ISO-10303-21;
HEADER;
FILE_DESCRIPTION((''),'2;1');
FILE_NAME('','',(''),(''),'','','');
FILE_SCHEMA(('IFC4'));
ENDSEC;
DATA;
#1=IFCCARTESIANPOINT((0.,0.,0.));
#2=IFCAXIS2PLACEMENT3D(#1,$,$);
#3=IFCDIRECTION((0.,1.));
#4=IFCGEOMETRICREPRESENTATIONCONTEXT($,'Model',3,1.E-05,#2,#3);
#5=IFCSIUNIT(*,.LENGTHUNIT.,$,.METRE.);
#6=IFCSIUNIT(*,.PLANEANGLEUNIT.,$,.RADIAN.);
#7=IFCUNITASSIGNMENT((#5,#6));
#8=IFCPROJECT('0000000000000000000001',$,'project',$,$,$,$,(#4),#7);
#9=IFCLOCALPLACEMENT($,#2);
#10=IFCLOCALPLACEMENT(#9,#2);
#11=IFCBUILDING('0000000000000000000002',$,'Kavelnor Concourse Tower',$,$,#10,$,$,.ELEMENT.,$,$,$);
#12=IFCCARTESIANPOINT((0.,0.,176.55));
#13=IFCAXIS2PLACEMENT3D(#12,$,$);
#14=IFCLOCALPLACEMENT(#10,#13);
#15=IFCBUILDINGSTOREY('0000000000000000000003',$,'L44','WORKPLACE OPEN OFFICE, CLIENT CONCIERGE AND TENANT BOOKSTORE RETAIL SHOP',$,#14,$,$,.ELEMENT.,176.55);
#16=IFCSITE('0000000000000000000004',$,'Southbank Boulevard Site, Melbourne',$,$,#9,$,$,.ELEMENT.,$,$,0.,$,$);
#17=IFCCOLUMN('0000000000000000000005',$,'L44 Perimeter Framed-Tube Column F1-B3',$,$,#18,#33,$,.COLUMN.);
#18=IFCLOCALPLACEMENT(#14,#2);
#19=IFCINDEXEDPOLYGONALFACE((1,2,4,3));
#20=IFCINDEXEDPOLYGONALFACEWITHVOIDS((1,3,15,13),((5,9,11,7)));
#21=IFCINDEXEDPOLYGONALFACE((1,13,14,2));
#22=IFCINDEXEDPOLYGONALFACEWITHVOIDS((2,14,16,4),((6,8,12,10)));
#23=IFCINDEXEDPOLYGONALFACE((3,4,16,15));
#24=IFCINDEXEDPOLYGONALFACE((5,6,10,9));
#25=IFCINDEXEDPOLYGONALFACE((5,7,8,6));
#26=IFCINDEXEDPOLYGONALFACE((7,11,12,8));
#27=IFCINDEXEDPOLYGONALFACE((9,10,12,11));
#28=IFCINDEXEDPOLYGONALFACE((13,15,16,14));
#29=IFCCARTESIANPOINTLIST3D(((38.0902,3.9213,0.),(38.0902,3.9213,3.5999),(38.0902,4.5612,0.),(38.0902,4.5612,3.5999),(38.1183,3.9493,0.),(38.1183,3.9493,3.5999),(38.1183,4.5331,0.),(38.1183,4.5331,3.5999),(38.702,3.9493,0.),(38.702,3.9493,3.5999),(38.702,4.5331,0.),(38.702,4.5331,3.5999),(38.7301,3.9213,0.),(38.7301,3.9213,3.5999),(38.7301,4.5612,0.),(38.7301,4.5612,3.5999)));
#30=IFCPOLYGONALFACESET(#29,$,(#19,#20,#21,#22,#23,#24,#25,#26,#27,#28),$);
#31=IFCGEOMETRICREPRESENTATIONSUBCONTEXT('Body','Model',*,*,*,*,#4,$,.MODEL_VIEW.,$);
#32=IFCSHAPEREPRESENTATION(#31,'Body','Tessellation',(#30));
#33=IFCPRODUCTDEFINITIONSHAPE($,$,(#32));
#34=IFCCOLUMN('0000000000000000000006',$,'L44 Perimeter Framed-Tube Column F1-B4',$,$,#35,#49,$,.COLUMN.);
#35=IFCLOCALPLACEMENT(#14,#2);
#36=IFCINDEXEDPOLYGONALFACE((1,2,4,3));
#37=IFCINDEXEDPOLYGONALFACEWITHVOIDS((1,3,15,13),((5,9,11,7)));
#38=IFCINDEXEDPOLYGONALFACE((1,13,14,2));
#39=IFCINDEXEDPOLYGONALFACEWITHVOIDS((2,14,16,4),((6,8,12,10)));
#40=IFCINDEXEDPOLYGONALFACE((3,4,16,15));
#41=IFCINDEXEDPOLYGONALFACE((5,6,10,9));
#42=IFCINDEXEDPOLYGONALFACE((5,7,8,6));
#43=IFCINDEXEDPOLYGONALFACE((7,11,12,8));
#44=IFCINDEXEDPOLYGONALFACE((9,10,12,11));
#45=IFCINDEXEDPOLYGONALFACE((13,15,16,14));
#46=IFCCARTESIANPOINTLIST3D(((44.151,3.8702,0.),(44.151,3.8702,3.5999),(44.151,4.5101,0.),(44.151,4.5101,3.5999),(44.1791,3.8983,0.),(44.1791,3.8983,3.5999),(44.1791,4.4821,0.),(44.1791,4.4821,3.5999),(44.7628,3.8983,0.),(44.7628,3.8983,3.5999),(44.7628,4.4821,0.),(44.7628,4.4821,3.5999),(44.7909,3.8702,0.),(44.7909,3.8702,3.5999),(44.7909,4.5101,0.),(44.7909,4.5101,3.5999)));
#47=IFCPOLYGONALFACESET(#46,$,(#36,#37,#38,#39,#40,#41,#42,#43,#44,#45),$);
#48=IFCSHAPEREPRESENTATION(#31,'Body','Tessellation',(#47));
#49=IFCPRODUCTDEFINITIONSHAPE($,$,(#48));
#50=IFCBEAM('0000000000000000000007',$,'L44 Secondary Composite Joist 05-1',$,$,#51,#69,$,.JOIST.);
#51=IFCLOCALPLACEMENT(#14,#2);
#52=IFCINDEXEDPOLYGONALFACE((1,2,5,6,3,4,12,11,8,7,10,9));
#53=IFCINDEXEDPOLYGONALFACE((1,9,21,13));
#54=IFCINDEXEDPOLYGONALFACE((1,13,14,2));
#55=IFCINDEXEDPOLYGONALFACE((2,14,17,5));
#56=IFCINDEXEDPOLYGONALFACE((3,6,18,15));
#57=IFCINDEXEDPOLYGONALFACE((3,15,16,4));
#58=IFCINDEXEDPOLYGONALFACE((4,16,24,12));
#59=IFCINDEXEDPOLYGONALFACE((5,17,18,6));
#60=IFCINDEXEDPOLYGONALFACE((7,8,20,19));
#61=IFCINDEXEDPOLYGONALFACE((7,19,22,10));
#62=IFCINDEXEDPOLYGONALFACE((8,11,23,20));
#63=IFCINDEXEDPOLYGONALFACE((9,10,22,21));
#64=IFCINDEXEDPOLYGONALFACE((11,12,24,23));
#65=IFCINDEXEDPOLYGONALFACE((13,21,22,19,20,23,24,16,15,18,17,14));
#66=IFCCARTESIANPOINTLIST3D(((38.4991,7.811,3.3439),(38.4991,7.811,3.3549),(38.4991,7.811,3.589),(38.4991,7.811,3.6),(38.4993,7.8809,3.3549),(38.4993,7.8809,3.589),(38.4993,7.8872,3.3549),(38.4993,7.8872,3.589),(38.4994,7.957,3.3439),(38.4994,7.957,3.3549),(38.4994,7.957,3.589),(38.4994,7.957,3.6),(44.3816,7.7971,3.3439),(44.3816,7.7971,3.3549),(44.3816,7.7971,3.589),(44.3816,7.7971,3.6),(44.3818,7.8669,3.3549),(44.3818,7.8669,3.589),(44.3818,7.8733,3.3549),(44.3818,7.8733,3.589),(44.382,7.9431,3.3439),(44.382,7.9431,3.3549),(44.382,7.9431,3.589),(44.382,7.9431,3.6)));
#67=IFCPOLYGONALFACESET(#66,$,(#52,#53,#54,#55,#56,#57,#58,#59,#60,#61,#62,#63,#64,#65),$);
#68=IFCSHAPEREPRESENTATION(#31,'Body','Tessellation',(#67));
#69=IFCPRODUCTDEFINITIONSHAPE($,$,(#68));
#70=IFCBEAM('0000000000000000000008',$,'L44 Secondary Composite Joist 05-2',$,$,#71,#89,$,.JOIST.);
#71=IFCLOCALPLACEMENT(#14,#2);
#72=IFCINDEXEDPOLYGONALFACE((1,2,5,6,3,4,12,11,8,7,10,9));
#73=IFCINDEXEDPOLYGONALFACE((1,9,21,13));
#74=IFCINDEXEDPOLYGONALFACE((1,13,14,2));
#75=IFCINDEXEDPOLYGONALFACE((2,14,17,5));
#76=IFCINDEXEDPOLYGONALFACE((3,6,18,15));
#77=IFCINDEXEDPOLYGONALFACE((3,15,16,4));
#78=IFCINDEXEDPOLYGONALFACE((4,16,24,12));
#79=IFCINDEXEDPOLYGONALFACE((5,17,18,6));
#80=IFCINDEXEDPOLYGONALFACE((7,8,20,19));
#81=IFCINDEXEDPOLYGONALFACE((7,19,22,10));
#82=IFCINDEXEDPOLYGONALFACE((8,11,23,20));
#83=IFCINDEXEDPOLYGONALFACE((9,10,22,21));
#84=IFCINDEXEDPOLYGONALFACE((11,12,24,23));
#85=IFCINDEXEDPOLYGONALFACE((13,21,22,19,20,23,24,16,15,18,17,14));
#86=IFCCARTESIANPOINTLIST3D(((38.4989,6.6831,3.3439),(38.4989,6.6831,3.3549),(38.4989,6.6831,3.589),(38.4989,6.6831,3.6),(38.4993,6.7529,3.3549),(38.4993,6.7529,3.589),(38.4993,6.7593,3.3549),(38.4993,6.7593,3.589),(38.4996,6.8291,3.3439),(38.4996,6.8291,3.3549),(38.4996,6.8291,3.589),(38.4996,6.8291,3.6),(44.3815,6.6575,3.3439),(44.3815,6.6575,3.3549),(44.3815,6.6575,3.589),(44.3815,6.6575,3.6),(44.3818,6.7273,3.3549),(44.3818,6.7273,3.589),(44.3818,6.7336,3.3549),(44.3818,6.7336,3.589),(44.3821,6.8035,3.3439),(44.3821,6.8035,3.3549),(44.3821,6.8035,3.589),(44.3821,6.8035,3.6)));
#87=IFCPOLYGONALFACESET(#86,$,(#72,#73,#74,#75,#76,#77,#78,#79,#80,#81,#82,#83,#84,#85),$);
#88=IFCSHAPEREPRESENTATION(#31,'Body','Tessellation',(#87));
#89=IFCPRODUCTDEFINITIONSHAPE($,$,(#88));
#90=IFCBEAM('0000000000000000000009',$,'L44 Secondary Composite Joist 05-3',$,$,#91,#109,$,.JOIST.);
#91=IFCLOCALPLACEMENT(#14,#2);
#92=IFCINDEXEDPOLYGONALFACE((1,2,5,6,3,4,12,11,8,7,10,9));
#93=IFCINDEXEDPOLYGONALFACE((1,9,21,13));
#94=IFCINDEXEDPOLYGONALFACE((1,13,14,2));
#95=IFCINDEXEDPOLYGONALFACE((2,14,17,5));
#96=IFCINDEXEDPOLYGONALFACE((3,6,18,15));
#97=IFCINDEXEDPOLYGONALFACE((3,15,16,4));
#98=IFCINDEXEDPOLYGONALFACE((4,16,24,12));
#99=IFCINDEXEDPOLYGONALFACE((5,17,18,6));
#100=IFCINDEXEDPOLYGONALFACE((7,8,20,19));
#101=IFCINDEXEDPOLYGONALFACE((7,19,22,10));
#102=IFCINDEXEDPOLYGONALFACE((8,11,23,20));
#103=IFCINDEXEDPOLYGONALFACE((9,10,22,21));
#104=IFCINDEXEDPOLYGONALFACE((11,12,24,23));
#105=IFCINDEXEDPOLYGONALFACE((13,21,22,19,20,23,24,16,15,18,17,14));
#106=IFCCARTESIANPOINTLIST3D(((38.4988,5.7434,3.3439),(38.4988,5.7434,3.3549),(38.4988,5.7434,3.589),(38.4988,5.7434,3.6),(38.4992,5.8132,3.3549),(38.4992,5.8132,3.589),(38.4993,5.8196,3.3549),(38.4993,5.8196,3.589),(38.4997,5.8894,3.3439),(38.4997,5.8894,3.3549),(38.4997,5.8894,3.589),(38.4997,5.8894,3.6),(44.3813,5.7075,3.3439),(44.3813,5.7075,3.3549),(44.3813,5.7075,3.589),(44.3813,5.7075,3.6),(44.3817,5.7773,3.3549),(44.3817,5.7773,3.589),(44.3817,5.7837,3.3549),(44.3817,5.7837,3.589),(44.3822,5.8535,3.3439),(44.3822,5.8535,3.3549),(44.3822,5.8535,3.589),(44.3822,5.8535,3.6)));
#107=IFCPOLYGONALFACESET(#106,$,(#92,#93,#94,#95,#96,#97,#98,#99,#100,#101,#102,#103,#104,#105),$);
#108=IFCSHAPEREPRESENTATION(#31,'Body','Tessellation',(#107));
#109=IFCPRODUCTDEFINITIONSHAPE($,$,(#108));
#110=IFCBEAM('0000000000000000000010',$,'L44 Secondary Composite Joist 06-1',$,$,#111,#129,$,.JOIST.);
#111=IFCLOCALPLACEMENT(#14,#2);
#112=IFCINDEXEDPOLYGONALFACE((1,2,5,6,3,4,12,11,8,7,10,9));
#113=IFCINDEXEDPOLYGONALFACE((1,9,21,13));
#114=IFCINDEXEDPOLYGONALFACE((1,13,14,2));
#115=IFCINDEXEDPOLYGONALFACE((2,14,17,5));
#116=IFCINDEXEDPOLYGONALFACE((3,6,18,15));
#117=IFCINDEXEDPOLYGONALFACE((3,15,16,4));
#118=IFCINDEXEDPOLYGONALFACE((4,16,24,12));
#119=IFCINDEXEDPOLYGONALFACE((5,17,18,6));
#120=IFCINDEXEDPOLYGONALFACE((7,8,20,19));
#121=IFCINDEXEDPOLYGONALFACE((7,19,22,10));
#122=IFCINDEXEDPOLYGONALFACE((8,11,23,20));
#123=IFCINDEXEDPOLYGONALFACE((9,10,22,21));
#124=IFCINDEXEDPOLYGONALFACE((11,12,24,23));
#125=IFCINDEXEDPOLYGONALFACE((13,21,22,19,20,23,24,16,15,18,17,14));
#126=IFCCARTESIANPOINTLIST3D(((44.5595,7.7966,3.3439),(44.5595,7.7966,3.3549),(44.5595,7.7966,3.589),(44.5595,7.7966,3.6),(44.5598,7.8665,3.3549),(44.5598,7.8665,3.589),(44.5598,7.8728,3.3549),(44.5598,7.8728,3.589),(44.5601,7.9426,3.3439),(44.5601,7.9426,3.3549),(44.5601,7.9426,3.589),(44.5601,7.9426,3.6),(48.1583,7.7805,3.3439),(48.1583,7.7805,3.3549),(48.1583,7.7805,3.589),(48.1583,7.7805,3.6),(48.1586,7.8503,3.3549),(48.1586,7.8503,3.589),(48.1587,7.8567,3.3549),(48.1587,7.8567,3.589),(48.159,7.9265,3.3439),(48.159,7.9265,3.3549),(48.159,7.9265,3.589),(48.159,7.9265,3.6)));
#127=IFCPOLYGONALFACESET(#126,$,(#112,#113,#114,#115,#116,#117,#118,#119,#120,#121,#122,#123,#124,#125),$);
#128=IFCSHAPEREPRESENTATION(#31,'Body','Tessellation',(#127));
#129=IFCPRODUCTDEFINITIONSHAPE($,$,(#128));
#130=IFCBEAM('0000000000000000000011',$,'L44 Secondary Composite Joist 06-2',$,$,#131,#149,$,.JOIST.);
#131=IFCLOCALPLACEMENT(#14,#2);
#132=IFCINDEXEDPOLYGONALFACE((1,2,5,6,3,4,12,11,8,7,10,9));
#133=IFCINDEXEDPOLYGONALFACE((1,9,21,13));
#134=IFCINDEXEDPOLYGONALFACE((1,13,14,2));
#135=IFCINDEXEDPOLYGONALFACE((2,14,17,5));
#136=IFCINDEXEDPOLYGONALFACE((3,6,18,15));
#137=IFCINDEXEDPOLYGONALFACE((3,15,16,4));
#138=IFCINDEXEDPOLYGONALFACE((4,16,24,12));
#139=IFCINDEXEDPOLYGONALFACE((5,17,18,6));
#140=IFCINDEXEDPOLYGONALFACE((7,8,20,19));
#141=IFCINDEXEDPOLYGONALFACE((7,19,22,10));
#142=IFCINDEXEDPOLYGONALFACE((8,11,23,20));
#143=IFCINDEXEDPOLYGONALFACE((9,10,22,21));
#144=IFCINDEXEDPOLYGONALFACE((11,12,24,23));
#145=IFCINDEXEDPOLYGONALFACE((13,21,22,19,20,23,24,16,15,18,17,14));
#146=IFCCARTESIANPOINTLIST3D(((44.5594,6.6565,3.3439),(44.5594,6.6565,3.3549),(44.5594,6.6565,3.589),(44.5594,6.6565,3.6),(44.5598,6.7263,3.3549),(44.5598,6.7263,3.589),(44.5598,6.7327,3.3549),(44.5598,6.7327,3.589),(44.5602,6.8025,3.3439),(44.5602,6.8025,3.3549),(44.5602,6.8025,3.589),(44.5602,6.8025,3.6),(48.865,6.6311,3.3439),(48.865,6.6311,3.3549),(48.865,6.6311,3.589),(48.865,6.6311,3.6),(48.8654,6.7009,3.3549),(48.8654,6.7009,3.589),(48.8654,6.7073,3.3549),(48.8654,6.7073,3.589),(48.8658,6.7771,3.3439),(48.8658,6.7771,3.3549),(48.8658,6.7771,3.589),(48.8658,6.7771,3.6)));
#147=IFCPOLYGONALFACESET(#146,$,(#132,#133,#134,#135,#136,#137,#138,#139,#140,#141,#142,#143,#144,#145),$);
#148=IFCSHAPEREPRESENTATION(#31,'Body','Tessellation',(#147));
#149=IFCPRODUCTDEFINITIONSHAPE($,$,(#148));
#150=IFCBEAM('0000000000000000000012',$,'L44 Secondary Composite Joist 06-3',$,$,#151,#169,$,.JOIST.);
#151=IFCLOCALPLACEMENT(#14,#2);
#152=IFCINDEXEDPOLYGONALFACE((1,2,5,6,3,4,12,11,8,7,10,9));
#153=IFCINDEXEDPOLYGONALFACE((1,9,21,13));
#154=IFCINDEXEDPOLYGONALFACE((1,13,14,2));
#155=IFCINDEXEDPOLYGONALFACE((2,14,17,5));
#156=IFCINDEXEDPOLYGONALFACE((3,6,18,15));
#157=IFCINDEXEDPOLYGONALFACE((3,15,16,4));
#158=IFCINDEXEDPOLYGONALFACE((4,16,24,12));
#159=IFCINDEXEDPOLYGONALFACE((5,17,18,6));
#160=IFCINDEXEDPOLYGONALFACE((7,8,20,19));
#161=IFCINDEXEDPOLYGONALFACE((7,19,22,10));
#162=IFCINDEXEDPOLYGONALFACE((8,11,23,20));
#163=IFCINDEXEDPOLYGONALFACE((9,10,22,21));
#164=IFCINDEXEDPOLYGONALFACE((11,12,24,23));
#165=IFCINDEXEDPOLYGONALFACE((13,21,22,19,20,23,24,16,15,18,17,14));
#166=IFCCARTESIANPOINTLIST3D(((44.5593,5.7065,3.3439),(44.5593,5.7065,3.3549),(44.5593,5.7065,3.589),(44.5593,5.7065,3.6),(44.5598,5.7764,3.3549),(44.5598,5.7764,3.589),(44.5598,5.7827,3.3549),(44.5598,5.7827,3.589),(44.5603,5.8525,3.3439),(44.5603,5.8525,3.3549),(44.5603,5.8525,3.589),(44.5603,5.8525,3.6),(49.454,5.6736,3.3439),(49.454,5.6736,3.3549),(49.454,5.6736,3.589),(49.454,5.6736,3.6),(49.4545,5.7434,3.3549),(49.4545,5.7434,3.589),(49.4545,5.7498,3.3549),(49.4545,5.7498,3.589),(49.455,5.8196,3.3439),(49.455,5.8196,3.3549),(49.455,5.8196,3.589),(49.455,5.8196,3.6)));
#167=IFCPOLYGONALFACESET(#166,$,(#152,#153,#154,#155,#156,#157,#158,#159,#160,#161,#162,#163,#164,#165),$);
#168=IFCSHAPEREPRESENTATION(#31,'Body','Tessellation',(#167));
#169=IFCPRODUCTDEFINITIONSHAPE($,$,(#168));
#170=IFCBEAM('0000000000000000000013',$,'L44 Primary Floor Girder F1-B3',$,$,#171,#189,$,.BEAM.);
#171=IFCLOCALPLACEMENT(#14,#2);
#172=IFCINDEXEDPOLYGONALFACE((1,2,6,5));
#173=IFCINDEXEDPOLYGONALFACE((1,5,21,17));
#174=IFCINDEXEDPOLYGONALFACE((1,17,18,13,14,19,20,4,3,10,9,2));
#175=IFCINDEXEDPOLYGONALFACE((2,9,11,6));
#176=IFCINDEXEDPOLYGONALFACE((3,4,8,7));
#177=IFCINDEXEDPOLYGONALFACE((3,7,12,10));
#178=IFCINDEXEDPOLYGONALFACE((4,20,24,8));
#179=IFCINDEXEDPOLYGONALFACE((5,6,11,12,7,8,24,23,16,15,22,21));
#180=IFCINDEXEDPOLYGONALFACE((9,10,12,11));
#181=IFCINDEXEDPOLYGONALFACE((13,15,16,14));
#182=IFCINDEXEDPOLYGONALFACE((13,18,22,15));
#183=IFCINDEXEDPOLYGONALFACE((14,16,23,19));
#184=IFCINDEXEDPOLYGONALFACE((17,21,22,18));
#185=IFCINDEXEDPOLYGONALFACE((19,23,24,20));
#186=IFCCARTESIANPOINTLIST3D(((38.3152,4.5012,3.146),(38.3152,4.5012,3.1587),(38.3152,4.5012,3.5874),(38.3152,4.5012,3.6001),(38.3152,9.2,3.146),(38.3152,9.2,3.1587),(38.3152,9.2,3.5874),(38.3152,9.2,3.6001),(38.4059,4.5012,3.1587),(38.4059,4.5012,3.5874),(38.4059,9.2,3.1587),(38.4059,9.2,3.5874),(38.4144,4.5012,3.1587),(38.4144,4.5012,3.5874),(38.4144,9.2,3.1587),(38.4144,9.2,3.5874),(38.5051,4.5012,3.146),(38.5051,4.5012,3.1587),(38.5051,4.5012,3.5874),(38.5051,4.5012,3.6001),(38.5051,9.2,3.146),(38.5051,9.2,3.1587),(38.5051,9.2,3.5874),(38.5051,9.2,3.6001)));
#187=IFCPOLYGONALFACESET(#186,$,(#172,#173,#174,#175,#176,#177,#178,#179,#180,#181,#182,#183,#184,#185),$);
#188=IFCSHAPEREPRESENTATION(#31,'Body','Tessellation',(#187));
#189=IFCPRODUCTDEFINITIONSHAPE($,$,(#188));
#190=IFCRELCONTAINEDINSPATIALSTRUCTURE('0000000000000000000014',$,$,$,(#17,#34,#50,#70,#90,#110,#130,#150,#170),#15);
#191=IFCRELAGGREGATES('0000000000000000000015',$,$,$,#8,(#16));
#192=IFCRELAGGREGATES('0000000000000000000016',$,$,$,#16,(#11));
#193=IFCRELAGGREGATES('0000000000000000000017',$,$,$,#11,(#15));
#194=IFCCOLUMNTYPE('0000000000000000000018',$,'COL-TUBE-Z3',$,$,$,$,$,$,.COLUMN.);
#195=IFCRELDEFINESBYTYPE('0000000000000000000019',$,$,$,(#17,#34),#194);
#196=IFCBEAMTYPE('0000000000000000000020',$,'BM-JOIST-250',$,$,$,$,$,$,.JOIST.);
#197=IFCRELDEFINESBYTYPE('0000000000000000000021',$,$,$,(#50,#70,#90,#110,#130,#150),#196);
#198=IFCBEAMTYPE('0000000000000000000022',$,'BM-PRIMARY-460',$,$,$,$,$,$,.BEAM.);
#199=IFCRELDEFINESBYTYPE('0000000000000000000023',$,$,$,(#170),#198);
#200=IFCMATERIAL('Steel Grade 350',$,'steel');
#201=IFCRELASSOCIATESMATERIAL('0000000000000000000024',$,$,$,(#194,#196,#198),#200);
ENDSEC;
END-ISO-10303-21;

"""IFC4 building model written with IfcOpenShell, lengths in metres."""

from ifc_helpers import new_model, si_unit, direction, frame, origin, origin_2d, place, context, subcontext, project, spatial, hollow_rectangle, i_section, extrude, material, material_profile, profile_set, type_object, element, save


model = new_model("IFC4")

# Units and contexts
model_context = context("Model", 3, precision=1e-05, world=origin(), true_north=direction((0.0, 1.0)))
body_context = subcontext(model_context, "Body", "Model", "MODEL_VIEW")
ifc_project = project(units=[si_unit("LENGTHUNIT", "METRE"), si_unit("PLANEANGLEUNIT", "RADIAN")], contexts=[model_context])

# Site, building, storey
site_placement = place(None, origin())
site = spatial("IfcSite", under=ifc_project, at=site_placement, Name="Southbank Boulevard Site, Melbourne", CompositionType="ELEMENT", RefElevation=0.0)
building_placement = place(site_placement, origin())
building = spatial("IfcBuilding", under=site, at=building_placement, Name="Kavelnor Concourse Tower", CompositionType="ELEMENT")
storey_placement = place(building_placement, frame((0.0, 0.0, 176.55)))
storey = spatial("IfcBuildingStorey", under=building, at=storey_placement, Name="L44", Description="WORKPLACE OPEN OFFICE, CLIENT CONCIERGE AND TENANT BOOKSTORE RETAIL SHOP", CompositionType="ELEMENT", Elevation=176.55)

# Columns
ifc_material_1 = material(Name="Steel Grade 350", Category="steel")
ifc_material_profile_1 = material_profile(ifc_material_1, hollow_rectangle(XDim=0.6399, YDim=0.6399, WallThickness=0.0281, at=origin_2d()), Name="SHS 640x640x28")
ifc_profile_set_1 = profile_set([ifc_material_profile_1], Name="Steel Grade 350")
column_type = type_object("IfcColumnType", Name="COL-TUBE-Z3", PredefinedType="COLUMN", material=ifc_profile_set_1)
for number, where, z_axis, x_axis, name in (
    (1, (38.4102, 4.2412, 0.0), (0.0, 0.0, 1.0), (1.0, 0.0, 0.0), "L44 Perimeter Framed-Tube Column F1-B3"),
    (2, (44.4709, 4.1902, 0.0), (0.0, 0.0, 1.0), (1.0, 0.0, 0.0), "L44 Perimeter Framed-Tube Column F1-B4"),
):
    element("IfcColumn", number, at=place(storey_placement, frame(where, z_axis=z_axis, x_axis=x_axis)), inside=storey, type_object=column_type, Name=name, PredefinedType="COLUMN", context=body_context, shape_type="SweptSolid", body=[
        extrude(hollow_rectangle(XDim=0.6399, YDim=0.6399, WallThickness=0.0281, at=origin_2d()), origin(), (0.0, 0.0, 1.0), 3.5999),
    ])

# Beams
ifc_material_profile_2 = material_profile(ifc_material_1, i_section(OverallWidth=0.146, OverallDepth=0.2561, WebThickness=0.0063, FlangeThickness=0.011, at=origin_2d()), Name="250UB37")
ifc_profile_set_2 = profile_set([ifc_material_profile_2], Name="Steel Grade 350")
beam_type_1 = type_object("IfcBeamType", Name="BM-JOIST-250", PredefinedType="JOIST", material=ifc_profile_set_2)
for number, where, z_axis, x_axis, name in (
    (3, (38.4993, 7.884, 3.4719), (0.999997, -0.002366, 0.0), (0.002366, 0.999997, 0.0), "L44 Secondary Composite Joist 05-1"),
    (4, (38.4993, 6.7561, 3.4719), (0.999991, -0.004358, 0.0), (0.004358, 0.999991, 0.0), "L44 Secondary Composite Joist 05-2"),
    (5, (38.4993, 5.8164, 3.4719), (0.999981, -0.006101, 0.0), (0.006101, 0.999981, 0.0), "L44 Secondary Composite Joist 05-3"),
):
    element("IfcBeam", number, at=place(storey_placement, frame(where, z_axis=z_axis, x_axis=x_axis)), inside=storey, type_object=beam_type_1, Name=name, PredefinedType="JOIST", context=body_context, shape_type="SweptSolid", body=[
        extrude(i_section(OverallWidth=0.146, OverallDepth=0.2561, WebThickness=0.0063, FlangeThickness=0.011, at=origin_2d()), origin(), (0.0, 0.0, 1.0), 5.8826),
    ])
beam_1_placement = place(storey_placement, frame((44.5598, 7.8696, 3.4719), z_axis=(0.99999, -0.004477, 0.0), x_axis=(0.004477, 0.99999, 0.0)))
element("IfcBeam", 6, at=beam_1_placement, inside=storey, type_object=beam_type_1, Name="L44 Secondary Composite Joist 06-1", PredefinedType="JOIST", context=body_context, shape_type="SweptSolid", body=[
    extrude(i_section(OverallWidth=0.146, OverallDepth=0.2561, WebThickness=0.0063, FlangeThickness=0.011, at=origin_2d()), origin(), (0.0, 0.0, 1.0), 3.5989),
])
beam_2_placement = place(storey_placement, frame((44.5598, 6.7295, 3.4719), z_axis=(0.999983, -0.005897, 0.0), x_axis=(0.005897, 0.999983, 0.0)))
element("IfcBeam", 7, at=beam_2_placement, inside=storey, type_object=beam_type_1, Name="L44 Secondary Composite Joist 06-2", PredefinedType="JOIST", context=body_context, shape_type="SweptSolid", body=[
    extrude(i_section(OverallWidth=0.146, OverallDepth=0.2561, WebThickness=0.0063, FlangeThickness=0.011, at=origin_2d()), origin(), (0.0, 0.0, 1.0), 4.3057),
])
beam_3_placement = place(storey_placement, frame((44.5598, 5.7795, 3.4719), z_axis=(0.999977, -0.006733, 0.0), x_axis=(0.006733, 0.999977, 0.0)))
element("IfcBeam", 8, at=beam_3_placement, inside=storey, type_object=beam_type_1, Name="L44 Secondary Composite Joist 06-3", PredefinedType="JOIST", context=body_context, shape_type="SweptSolid", body=[
    extrude(i_section(OverallWidth=0.146, OverallDepth=0.2561, WebThickness=0.0063, FlangeThickness=0.011, at=origin_2d()), origin(), (0.0, 0.0, 1.0), 4.8948),
])
ifc_material_profile_3 = material_profile(ifc_material_1, i_section(OverallWidth=0.1899, OverallDepth=0.4541, WebThickness=0.0085, FlangeThickness=0.0127, at=origin_2d()), Name="460UB67")
ifc_profile_set_3 = profile_set([ifc_material_profile_3], Name="Steel Grade 350")
beam_type_2 = type_object("IfcBeamType", Name="BM-PRIMARY-460", PredefinedType="BEAM", material=ifc_profile_set_3)
beam_4_placement = place(storey_placement, frame((38.4102, 9.2, 3.373), z_axis=(0.0, -1.0, 0.0), x_axis=(1.0, 0.0, 0.0)))
element("IfcBeam", 9, at=beam_4_placement, inside=storey, type_object=beam_type_2, Name="L44 Primary Floor Girder F1-B3", PredefinedType="BEAM", context=body_context, shape_type="SweptSolid", body=[
    extrude(i_section(OverallWidth=0.1899, OverallDepth=0.4541, WebThickness=0.0085, FlangeThickness=0.0127, at=origin_2d()), origin(), (0.0, 0.0, 1.0), 4.6987),
])

save(model, "model.ifc")
